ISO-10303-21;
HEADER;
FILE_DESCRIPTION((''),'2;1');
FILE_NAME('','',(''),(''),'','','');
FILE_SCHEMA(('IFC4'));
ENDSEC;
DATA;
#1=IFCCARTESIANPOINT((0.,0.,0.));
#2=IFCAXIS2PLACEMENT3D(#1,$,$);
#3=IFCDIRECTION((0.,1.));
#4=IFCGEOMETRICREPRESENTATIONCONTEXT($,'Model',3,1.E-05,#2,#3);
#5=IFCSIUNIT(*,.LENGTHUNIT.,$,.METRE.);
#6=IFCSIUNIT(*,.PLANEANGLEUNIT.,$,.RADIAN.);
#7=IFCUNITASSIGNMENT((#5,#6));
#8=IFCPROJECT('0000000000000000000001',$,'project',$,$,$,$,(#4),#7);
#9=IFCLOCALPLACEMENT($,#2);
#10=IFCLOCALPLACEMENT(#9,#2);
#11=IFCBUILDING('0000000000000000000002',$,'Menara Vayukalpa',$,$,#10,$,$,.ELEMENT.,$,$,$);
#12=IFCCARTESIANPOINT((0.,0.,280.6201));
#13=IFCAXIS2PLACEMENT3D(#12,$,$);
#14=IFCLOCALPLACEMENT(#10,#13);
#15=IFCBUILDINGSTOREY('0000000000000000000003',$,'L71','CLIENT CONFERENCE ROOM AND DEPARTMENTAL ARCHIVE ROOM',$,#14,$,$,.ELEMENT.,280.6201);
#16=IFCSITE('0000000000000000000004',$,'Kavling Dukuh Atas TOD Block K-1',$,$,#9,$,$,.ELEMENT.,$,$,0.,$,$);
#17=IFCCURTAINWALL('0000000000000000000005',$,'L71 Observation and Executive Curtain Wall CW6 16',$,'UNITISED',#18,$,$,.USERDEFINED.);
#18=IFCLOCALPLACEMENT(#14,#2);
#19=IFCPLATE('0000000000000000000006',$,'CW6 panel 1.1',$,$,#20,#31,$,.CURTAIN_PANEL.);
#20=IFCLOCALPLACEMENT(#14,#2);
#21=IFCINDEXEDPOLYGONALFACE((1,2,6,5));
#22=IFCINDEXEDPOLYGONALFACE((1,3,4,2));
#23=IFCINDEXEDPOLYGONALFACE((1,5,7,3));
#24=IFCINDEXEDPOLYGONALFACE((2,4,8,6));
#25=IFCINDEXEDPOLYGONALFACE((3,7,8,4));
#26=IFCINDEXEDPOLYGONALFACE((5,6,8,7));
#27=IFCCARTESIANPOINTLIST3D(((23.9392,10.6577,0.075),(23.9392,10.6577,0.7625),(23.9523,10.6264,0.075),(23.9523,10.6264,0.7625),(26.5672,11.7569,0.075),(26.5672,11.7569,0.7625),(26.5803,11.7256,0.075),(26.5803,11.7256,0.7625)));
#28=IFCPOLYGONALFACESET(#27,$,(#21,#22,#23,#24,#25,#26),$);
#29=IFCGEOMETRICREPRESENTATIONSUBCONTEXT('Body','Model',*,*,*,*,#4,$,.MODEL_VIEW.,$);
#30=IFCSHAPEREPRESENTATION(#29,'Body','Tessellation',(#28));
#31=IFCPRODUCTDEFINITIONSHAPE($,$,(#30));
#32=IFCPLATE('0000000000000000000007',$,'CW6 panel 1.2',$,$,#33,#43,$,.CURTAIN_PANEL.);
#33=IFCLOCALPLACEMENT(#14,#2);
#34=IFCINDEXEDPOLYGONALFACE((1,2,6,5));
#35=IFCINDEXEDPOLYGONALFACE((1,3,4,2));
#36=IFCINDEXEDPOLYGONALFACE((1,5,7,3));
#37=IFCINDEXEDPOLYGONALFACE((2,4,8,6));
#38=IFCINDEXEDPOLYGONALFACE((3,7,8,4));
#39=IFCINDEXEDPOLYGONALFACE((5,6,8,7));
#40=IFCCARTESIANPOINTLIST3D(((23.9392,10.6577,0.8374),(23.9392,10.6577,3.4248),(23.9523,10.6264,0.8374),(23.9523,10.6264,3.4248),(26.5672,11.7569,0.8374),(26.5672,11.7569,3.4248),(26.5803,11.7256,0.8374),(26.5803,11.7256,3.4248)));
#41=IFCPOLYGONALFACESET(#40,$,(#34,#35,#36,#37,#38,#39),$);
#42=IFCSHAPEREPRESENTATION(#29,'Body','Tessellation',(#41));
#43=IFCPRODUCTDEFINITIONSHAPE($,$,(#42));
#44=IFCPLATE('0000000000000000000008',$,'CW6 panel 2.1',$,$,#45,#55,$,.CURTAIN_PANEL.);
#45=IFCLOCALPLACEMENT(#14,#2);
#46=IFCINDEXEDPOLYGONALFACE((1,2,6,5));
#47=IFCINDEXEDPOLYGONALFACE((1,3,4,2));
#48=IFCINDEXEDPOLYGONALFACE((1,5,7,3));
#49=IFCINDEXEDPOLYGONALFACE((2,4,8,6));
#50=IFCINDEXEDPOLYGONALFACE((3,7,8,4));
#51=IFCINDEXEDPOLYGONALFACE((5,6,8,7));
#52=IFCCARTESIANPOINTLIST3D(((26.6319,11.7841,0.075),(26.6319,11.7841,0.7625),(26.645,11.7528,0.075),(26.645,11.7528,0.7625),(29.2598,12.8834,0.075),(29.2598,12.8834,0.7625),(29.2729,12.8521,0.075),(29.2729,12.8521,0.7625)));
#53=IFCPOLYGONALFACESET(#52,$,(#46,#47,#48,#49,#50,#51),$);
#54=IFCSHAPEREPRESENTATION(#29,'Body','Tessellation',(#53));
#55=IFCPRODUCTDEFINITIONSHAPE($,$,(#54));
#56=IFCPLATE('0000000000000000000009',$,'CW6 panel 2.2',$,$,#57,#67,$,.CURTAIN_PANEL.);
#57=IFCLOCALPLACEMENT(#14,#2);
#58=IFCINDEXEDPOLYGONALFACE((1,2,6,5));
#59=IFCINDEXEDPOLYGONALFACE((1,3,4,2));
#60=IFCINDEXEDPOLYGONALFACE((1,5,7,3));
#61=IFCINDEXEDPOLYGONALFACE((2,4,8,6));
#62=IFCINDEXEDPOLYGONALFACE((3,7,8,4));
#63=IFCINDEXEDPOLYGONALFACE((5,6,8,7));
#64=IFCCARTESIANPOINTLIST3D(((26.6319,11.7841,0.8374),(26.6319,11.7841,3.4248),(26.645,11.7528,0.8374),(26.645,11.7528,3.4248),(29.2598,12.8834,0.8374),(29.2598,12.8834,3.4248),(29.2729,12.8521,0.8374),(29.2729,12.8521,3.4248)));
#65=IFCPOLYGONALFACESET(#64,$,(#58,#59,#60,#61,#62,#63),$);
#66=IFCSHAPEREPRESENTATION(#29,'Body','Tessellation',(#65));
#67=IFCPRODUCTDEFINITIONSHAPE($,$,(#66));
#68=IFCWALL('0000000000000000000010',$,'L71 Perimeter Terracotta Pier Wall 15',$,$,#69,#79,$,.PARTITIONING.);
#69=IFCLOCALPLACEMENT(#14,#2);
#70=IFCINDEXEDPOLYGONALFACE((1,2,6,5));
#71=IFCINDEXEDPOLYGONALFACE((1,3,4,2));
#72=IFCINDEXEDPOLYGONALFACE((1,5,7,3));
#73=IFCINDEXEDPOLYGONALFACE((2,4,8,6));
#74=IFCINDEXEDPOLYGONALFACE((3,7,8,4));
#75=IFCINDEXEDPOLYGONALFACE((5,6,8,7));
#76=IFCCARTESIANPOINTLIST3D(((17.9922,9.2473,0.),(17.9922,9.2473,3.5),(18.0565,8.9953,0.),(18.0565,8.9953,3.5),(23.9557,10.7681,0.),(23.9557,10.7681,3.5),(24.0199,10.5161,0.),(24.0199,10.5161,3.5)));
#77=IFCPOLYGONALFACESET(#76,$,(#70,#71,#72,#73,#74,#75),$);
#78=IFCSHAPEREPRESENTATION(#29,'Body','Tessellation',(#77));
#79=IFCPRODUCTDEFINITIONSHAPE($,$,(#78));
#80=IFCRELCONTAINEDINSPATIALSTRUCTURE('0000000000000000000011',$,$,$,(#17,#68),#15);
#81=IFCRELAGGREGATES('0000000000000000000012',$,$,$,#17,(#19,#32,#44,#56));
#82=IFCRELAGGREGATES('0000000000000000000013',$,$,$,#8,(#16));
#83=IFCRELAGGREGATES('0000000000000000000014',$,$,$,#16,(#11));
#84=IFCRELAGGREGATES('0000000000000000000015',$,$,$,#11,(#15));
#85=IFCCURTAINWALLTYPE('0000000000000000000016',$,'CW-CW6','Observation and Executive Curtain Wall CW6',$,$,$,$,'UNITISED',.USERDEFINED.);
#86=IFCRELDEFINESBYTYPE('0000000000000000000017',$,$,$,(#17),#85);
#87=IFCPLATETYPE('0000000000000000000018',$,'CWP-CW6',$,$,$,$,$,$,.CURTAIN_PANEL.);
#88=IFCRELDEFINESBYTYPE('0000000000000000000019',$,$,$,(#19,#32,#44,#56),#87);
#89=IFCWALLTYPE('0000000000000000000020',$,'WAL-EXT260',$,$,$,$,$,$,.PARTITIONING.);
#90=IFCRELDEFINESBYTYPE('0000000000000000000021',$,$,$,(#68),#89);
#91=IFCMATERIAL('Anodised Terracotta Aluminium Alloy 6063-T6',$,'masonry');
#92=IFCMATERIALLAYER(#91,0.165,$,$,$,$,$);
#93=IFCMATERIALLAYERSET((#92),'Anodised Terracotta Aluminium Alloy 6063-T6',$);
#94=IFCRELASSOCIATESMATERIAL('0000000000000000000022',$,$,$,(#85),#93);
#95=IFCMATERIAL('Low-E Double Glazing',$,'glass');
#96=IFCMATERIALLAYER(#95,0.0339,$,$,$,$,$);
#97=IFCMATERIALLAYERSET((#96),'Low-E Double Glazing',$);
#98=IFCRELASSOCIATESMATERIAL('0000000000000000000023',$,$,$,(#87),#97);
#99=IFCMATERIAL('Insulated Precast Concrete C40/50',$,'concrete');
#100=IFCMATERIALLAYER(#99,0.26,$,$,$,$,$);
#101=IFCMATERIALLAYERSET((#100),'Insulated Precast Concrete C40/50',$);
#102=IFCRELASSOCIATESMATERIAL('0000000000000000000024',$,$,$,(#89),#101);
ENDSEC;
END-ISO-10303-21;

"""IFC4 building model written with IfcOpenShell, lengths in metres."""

from ifc_helpers import new_model, si_unit, direction, frame, frame_2d, origin, origin_2d, place, context, subcontext, project, spatial, rectangle, extrude, material, layer, layer_set, type_object, element, aggregate, save


model = new_model("IFC4")

# Units and contexts
model_context = context("Model", 3, precision=1e-05, world=origin(), true_north=direction((0.0, 1.0)))
body_context = subcontext(model_context, "Body", "Model", "MODEL_VIEW")
ifc_project = project(units=[si_unit("LENGTHUNIT", "METRE"), si_unit("PLANEANGLEUNIT", "RADIAN")], contexts=[model_context])

# Site, building, storey
site_placement = place(None, origin())
site = spatial("IfcSite", under=ifc_project, at=site_placement, Name="Kavling Dukuh Atas TOD Block K-1", CompositionType="ELEMENT", RefElevation=0.0)
building_placement = place(site_placement, origin())
building = spatial("IfcBuilding", under=site, at=building_placement, Name="Menara Vayukalpa", CompositionType="ELEMENT")
storey_placement = place(building_placement, frame((0.0, 0.0, 280.6201)))
storey = spatial("IfcBuildingStorey", under=building, at=storey_placement, Name="L71", Description="CLIENT CONFERENCE ROOM AND DEPARTMENTAL ARCHIVE ROOM", CompositionType="ELEMENT", Elevation=280.6201)

# Curtain wall, plates
ifc_material_1 = material(Name="Anodised Terracotta Aluminium Alloy 6063-T6", Category="masonry")
ifc_layer_1 = layer(ifc_material_1, 0.165)
ifc_layer_set_1 = layer_set([ifc_layer_1], Name="Anodised Terracotta Aluminium Alloy 6063-T6")
curtain_wall_type = type_object("IfcCurtainWallType", Name="CW-CW6", Description="Observation and Executive Curtain Wall CW6", ElementType="UNITISED", PredefinedType="USERDEFINED", material=ifc_layer_set_1)
curtain_wall_placement = place(storey_placement, origin())
curtain_wall = element("IfcCurtainWall", 1, at=curtain_wall_placement, inside=storey, type_object=curtain_wall_type, Name="L71 Observation and Executive Curtain Wall CW6 16", ObjectType="UNITISED", PredefinedType="USERDEFINED")
ifc_material_2 = material(Name="Low-E Double Glazing", Category="glass")
ifc_layer_2 = layer(ifc_material_2, 0.0339)
ifc_layer_set_2 = layer_set([ifc_layer_2], Name="Low-E Double Glazing")
plate_type = type_object("IfcPlateType", Name="CWP-CW6", PredefinedType="CURTAIN_PANEL", material=ifc_layer_set_2)
plate_1_placement = place(storey_placement, frame((25.2598, 11.1917, 0.075), z_axis=(0.0, 0.0, 1.0), x_axis=(0.922541, 0.3859, 0.0)))
plate_1 = element("IfcPlate", 2, at=plate_1_placement, type_object=plate_type, Name="CW6 panel 1.1", PredefinedType="CURTAIN_PANEL", context=body_context, shape_type="SweptSolid", body=[
    extrude(rectangle(XDim=2.8486, YDim=0.0339, at=origin_2d()), origin(), (0.0, 0.0, 1.0), 0.6875),
])
plate_2_placement = place(storey_placement, frame((25.2598, 11.1917, 0.8374), z_axis=(0.0, 0.0, 1.0), x_axis=(0.922541, 0.3859, 0.0)))
plate_2 = element("IfcPlate", 3, at=plate_2_placement, type_object=plate_type, Name="CW6 panel 1.2", PredefinedType="CURTAIN_PANEL", context=body_context, shape_type="SweptSolid", body=[
    extrude(rectangle(XDim=2.8486, YDim=0.0339, at=origin_2d()), origin(), (0.0, 0.0, 1.0), 2.5874),
])
plate_3_placement = place(storey_placement, frame((27.9524, 12.3181, 0.075), z_axis=(0.0, 0.0, 1.0), x_axis=(0.922541, 0.3859, 0.0)))
plate_3 = element("IfcPlate", 4, at=plate_3_placement, type_object=plate_type, Name="CW6 panel 2.1", PredefinedType="CURTAIN_PANEL", context=body_context, shape_type="SweptSolid", body=[
    extrude(rectangle(XDim=2.8486, YDim=0.0339, at=origin_2d()), origin(), (0.0, 0.0, 1.0), 0.6875),
])
plate_4_placement = place(storey_placement, frame((27.9524, 12.3181, 0.8374), z_axis=(0.0, 0.0, 1.0), x_axis=(0.922541, 0.3859, 0.0)))
plate_4 = element("IfcPlate", 5, at=plate_4_placement, type_object=plate_type, Name="CW6 panel 2.2", PredefinedType="CURTAIN_PANEL", context=body_context, shape_type="SweptSolid", body=[
    extrude(rectangle(XDim=2.8486, YDim=0.0339, at=origin_2d()), origin(), (0.0, 0.0, 1.0), 2.5874),
])
aggregate(curtain_wall, [plate_1, plate_2, plate_3, plate_4])

# Wall
ifc_material_3 = material(Name="Insulated Precast Concrete C40/50", Category="concrete")
ifc_layer_3 = layer(ifc_material_3, 0.26)
ifc_layer_set_3 = layer_set([ifc_layer_3], Name="Insulated Precast Concrete C40/50")
wall_type = type_object("IfcWallType", Name="WAL-EXT260", PredefinedType="PARTITIONING", material=ifc_layer_set_3)
wall_placement = place(storey_placement, frame((23.9878, 10.6421, 0.0), z_axis=(0.0, 0.0, 1.0), x_axis=(-0.968988, -0.247107, 0.0)))
element("IfcWall", 6, at=wall_placement, inside=storey, type_object=wall_type, Name="L71 Perimeter Terracotta Pier Wall 15", PredefinedType="PARTITIONING", context=body_context, shape_type="SweptSolid", body=[
    extrude(rectangle(XDim=6.1543, YDim=0.26, at=frame_2d((3.0771, 0.0))), origin(), (0.0, 0.0, 1.0), 3.5),
])

save(model, "model.ifc")
